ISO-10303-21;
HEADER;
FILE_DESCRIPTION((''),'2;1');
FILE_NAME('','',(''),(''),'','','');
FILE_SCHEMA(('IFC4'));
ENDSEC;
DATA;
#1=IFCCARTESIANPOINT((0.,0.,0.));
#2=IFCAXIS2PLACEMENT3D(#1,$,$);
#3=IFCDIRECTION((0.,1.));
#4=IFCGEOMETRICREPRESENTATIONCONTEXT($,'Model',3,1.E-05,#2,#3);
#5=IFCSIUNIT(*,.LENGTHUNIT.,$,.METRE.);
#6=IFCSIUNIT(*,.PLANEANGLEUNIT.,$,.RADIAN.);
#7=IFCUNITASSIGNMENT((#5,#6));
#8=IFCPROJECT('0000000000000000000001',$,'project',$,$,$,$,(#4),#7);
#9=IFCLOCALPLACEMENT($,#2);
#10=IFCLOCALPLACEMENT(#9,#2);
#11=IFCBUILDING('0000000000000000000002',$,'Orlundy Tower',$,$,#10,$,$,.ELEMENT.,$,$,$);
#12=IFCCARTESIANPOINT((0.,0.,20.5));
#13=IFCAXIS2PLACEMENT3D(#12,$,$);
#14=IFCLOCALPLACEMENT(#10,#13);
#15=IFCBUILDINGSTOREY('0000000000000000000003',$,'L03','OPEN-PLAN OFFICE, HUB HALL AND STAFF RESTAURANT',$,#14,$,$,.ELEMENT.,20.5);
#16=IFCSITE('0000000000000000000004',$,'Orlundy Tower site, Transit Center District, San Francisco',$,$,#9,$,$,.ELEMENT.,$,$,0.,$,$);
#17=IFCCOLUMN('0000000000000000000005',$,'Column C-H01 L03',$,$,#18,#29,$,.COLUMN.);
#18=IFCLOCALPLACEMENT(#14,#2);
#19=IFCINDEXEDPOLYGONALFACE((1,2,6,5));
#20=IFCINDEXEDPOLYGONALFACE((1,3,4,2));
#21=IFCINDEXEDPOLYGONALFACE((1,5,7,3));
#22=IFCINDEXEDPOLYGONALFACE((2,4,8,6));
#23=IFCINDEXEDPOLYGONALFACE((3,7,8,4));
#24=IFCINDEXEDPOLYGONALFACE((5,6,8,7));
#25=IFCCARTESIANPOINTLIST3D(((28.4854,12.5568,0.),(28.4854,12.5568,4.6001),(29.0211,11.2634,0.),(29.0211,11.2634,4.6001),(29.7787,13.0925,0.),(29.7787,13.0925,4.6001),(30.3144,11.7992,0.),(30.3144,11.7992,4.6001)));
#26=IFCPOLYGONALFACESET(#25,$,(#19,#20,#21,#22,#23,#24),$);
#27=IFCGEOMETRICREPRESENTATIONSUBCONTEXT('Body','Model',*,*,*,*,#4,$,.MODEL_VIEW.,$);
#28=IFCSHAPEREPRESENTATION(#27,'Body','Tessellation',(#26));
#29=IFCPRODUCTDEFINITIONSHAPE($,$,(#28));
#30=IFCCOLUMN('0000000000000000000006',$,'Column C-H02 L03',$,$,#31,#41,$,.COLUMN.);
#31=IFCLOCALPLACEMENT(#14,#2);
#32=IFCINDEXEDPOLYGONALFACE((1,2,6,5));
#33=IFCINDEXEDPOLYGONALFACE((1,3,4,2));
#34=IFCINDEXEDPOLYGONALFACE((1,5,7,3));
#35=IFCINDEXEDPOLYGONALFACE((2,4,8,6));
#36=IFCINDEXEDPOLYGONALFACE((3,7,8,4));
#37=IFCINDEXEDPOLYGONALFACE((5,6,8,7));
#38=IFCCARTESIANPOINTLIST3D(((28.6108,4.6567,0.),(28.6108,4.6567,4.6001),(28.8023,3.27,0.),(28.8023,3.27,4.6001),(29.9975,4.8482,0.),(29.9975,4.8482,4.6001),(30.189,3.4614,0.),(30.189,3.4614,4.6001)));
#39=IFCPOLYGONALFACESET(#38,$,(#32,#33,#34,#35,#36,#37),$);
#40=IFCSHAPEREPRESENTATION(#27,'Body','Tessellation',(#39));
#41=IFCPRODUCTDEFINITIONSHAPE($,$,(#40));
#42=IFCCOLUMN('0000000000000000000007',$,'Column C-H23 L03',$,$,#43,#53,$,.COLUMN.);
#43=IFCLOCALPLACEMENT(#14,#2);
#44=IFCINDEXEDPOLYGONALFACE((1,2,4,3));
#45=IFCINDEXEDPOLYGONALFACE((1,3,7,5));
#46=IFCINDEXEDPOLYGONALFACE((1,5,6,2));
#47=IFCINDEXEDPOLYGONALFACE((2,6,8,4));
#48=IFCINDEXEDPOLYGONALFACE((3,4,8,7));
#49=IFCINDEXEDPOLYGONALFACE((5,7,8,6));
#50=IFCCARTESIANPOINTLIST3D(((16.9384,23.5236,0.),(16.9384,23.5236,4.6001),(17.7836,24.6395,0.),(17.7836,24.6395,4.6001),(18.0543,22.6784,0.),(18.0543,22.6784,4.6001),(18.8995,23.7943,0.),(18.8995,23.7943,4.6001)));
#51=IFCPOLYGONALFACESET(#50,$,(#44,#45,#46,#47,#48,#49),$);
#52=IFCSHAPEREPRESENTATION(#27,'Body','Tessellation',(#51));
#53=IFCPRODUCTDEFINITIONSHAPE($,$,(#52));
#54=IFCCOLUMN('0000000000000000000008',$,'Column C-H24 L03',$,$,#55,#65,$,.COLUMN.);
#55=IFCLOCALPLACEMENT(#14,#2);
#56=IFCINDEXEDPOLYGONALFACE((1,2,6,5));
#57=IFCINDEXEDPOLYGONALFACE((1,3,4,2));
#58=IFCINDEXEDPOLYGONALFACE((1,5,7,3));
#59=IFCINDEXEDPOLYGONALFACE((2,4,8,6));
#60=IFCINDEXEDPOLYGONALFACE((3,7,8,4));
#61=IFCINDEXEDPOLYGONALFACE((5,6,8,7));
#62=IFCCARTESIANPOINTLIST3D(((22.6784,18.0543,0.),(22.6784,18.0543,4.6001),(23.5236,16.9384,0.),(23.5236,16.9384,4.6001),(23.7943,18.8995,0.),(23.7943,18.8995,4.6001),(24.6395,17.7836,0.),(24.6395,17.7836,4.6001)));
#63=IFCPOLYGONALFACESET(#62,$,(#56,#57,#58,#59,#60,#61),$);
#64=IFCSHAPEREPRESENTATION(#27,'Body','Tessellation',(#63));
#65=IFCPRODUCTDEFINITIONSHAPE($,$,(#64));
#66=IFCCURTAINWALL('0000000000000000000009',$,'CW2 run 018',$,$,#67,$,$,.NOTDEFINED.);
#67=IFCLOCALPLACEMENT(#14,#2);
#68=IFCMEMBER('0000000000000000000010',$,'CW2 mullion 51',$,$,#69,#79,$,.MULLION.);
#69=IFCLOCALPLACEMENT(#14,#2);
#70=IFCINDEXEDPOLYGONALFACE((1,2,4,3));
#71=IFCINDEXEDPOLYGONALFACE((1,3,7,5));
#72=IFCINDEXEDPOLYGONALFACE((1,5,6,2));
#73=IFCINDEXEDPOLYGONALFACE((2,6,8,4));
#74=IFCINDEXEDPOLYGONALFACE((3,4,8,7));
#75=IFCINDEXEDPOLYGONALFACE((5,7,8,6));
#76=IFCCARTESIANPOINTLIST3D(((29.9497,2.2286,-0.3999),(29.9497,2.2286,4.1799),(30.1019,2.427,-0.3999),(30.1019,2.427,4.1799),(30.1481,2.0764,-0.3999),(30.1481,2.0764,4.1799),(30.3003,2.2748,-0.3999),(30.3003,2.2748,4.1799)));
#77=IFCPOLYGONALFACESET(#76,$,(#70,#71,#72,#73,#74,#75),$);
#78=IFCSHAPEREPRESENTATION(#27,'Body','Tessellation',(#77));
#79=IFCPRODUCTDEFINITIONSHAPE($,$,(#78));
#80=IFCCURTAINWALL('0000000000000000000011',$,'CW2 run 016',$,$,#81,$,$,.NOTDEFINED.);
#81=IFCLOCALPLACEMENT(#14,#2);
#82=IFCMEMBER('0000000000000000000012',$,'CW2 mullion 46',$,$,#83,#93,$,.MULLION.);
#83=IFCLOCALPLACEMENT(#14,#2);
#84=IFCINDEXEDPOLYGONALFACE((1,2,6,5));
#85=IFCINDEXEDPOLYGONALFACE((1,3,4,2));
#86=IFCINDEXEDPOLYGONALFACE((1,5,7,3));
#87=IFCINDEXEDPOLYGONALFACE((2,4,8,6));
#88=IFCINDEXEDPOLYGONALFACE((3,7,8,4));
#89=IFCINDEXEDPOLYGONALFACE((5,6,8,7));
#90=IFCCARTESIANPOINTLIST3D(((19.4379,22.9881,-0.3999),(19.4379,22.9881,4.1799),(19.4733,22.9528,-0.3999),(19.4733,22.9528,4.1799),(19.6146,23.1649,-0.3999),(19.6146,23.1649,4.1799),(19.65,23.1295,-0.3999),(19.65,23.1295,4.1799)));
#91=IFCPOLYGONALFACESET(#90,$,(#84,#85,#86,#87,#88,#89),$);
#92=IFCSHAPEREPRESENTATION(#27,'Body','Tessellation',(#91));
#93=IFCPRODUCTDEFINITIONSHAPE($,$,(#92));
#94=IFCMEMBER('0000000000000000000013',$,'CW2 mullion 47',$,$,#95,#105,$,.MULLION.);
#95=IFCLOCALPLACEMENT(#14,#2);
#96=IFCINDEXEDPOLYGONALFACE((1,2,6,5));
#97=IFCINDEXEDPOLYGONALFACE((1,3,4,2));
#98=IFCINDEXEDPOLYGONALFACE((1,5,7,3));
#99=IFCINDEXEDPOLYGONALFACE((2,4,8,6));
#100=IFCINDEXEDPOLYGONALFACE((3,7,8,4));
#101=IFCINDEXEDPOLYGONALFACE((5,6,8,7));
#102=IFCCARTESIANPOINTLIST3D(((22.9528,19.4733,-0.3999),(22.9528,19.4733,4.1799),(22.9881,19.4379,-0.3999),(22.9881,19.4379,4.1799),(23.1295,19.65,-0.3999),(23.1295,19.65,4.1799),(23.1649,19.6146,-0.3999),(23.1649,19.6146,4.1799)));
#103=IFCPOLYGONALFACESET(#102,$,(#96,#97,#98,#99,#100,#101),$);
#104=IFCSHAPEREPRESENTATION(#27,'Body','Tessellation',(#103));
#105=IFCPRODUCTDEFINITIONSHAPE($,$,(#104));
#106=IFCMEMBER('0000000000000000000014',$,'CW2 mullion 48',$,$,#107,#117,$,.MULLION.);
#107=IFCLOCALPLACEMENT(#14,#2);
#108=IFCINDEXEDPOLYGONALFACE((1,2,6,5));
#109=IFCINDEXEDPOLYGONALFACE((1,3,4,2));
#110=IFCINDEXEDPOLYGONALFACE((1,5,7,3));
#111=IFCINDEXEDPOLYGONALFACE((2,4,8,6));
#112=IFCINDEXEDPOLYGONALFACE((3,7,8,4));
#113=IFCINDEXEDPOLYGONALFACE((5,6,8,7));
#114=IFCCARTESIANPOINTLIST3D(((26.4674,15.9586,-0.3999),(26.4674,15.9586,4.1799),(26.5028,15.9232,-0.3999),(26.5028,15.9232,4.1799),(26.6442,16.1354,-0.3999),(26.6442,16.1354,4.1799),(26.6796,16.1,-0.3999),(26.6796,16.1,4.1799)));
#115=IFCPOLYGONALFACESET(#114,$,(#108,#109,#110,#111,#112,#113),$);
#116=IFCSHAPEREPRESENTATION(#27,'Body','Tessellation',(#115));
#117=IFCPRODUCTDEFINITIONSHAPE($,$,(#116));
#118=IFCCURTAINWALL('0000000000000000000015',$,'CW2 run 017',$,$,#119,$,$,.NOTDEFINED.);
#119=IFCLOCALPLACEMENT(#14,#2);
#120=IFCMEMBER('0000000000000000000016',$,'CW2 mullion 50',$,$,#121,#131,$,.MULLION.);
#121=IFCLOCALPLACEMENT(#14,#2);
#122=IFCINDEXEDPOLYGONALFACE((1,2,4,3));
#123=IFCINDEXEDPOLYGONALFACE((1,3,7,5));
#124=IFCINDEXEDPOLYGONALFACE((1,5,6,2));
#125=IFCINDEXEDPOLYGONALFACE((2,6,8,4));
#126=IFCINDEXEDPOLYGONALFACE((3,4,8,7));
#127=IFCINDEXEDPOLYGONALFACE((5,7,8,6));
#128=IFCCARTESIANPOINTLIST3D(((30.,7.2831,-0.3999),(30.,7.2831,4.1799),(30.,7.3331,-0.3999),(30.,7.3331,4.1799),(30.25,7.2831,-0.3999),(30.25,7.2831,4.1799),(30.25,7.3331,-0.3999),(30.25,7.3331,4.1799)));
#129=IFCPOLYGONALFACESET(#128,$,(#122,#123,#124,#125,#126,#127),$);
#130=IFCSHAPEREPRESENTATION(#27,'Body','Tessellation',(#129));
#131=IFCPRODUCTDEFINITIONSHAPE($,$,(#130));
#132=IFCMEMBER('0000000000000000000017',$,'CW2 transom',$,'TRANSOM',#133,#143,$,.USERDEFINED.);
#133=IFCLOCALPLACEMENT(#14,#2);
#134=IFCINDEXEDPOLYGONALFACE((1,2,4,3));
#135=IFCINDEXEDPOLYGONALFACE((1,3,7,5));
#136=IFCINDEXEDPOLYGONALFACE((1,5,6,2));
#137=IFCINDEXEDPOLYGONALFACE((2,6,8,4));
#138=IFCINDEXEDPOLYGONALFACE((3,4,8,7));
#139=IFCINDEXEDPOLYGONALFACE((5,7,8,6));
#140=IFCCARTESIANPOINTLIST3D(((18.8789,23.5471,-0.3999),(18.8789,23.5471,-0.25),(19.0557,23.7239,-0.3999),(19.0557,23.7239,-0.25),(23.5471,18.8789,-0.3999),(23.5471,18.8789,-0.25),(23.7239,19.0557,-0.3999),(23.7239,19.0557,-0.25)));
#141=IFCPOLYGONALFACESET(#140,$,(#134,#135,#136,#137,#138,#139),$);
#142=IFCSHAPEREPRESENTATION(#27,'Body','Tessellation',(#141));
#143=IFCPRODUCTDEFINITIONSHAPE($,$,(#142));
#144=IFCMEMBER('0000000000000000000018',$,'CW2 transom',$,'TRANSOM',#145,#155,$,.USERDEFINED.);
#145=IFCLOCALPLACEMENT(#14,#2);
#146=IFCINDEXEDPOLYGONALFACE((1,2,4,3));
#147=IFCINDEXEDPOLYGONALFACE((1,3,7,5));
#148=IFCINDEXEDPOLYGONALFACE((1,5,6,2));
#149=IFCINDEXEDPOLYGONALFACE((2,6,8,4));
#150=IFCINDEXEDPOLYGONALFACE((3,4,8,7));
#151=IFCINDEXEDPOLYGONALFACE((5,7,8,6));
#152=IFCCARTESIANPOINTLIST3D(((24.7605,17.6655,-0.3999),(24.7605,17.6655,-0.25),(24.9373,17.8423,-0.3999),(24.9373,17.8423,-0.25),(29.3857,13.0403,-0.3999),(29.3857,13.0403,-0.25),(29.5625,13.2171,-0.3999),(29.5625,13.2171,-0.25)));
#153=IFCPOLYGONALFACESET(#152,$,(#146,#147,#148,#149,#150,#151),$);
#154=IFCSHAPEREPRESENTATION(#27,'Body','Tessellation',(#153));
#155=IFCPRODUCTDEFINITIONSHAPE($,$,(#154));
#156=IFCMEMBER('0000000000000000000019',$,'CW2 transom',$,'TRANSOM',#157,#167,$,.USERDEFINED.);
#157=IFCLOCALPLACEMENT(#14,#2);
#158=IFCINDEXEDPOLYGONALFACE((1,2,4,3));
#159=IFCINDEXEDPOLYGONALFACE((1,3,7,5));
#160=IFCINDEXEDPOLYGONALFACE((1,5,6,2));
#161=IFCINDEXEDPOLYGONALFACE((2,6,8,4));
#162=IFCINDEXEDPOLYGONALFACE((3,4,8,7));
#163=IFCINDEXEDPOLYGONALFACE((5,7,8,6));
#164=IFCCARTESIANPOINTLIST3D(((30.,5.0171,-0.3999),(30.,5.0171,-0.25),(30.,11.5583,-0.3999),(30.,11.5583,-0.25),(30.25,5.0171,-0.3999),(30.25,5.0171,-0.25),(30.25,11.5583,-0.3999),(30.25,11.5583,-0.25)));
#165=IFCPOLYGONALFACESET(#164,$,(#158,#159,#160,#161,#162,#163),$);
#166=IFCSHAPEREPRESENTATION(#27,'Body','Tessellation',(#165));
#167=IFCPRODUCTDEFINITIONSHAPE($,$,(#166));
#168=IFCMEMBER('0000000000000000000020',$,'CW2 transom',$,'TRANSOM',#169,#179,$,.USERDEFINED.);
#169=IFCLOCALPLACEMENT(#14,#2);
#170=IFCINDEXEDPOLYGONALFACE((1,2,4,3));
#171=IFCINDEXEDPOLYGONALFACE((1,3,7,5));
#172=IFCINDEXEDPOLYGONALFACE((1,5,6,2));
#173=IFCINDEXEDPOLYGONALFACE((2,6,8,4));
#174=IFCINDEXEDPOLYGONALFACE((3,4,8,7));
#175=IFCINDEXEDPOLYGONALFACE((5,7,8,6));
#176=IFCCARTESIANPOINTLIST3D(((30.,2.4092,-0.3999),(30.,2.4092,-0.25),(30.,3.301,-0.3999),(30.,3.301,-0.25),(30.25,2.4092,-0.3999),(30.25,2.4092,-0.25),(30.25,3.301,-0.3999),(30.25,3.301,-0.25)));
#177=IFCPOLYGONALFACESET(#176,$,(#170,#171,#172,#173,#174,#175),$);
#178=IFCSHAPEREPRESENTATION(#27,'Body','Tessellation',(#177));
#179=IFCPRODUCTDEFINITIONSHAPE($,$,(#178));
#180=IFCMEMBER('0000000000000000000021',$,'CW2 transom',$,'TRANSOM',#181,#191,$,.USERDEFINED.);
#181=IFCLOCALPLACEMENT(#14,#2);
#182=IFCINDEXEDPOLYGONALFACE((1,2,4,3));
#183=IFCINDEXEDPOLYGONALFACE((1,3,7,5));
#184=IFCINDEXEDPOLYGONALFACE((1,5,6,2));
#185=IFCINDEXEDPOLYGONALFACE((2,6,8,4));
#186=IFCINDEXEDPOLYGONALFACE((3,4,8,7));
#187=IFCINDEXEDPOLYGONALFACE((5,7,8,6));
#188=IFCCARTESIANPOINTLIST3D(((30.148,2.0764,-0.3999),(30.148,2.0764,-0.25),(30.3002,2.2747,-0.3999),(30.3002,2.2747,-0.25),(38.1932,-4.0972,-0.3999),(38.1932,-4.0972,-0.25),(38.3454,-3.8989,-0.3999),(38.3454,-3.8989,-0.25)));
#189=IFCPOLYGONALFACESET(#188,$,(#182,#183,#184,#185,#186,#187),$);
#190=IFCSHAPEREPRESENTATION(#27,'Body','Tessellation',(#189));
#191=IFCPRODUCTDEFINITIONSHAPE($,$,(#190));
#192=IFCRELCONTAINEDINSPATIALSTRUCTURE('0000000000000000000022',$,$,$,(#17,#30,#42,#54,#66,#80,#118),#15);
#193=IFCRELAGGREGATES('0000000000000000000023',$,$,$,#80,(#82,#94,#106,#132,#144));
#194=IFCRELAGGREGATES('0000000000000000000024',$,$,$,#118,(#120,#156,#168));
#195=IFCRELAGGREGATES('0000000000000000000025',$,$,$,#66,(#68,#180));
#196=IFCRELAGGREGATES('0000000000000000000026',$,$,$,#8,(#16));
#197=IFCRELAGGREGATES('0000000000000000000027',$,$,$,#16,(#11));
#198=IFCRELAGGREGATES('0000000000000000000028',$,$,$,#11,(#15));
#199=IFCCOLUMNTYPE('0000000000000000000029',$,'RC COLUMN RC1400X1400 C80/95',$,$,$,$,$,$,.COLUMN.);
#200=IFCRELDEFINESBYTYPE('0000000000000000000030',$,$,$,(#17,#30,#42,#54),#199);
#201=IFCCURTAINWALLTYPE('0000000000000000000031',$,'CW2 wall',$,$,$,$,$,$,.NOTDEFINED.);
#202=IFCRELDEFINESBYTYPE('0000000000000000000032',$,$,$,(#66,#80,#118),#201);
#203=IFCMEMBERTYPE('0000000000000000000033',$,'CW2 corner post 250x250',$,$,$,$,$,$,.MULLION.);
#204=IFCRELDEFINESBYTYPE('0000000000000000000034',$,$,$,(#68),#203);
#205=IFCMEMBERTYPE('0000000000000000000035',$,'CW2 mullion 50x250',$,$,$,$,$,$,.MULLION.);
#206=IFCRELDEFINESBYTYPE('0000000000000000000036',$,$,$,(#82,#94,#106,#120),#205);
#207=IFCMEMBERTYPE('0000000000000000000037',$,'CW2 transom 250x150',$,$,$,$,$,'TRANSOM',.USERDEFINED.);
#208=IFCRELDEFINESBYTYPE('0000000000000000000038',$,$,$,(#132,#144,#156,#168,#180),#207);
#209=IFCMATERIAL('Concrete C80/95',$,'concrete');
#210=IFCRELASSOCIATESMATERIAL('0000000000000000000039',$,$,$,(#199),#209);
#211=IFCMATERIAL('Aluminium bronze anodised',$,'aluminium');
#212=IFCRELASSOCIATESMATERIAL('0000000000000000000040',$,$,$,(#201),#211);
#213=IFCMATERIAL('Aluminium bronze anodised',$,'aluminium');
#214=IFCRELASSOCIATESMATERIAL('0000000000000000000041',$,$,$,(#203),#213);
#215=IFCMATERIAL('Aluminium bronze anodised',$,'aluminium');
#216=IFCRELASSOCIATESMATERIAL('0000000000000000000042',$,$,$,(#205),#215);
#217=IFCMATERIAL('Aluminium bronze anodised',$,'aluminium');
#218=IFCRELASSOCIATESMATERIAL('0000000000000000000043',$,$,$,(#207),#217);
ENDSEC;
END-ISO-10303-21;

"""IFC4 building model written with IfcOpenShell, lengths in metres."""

from ifc_helpers import new_model, si_unit, direction, frame, origin, origin_2d, place, context, subcontext, project, spatial, rectangle, extrude, material, material_profile, profile_set, type_object, element, aggregate, save


model = new_model("IFC4")

# Units and contexts
model_context = context("Model", 3, precision=1e-05, world=origin(), true_north=direction((0.0, 1.0)))
body_context = subcontext(model_context, "Body", "Model", "MODEL_VIEW")
ifc_project = project(units=[si_unit("LENGTHUNIT", "METRE"), si_unit("PLANEANGLEUNIT", "RADIAN")], contexts=[model_context])

# Site, building, storey
site_placement = place(None, origin())
site = spatial("IfcSite", under=ifc_project, at=site_placement, Name="Orlundy Tower site, Transit Center District, San Francisco", CompositionType="ELEMENT", RefElevation=0.0)
building_placement = place(site_placement, origin())
building = spatial("IfcBuilding", under=site, at=building_placement, Name="Orlundy Tower", CompositionType="ELEMENT")
storey_placement = place(building_placement, frame((0.0, 0.0, 20.5)))
storey = spatial("IfcBuildingStorey", under=building, at=storey_placement, Name="L03", Description="OPEN-PLAN OFFICE, HUB HALL AND STAFF RESTAURANT", CompositionType="ELEMENT", Elevation=20.5)

# Columns
ifc_material_1 = material(Name="Concrete C80/95", Category="concrete")
ifc_material_profile_1 = material_profile(ifc_material_1, rectangle(XDim=1.3999, YDim=1.3999, at=origin_2d()), Name="RC1400X1400")
ifc_profile_set_1 = profile_set([ifc_material_profile_1], Name="Concrete C80/95")
column_type = type_object("IfcColumnType", Name="RC COLUMN RC1400X1400 C80/95", PredefinedType="COLUMN", material=ifc_profile_set_1)
for number, where, z_axis, x_axis, name in (
    (1, (29.3999, 12.178, 0.0), (0.0, 0.0, 1.0), (0.92388, 0.382683, 0.0), "Column C-H01 L03"),
    (2, (29.3999, 4.0591, 0.0), (0.0, 0.0, 1.0), (0.990603, 0.13677, 0.0), "Column C-H02 L03"),
    (3, (17.9189, 23.6589, 0.0), (0.0, 0.0, 1.0), (0.603765, 0.797163, 0.0), "Column C-H23 L03"),
    (4, (23.6589, 17.9189, 0.0), (0.0, 0.0, 1.0), (0.797163, 0.603765, 0.0), "Column C-H24 L03"),
):
    element("IfcColumn", number, at=place(storey_placement, frame(where, z_axis=z_axis, x_axis=x_axis)), inside=storey, type_object=column_type, Name=name, PredefinedType="COLUMN", context=body_context, shape_type="SweptSolid", body=[
        extrude(rectangle(XDim=1.3999, YDim=1.3999, at=origin_2d()), origin(), (0.0, 0.0, 1.0), 4.6001),
    ])

# Curtain wall, member
ifc_material_2 = material(Name="Aluminium bronze anodised", Category="aluminium")
curtain_wall_type = type_object("IfcCurtainWallType", Name="CW2 wall", PredefinedType="NOTDEFINED", material=ifc_material_2)
curtain_wall_1_placement = place(storey_placement, origin())
curtain_wall_1 = element("IfcCurtainWall", 5, at=curtain_wall_1_placement, inside=storey, type_object=curtain_wall_type, Name="CW2 run 018", PredefinedType="NOTDEFINED")
ifc_material_3 = material(Name="Aluminium bronze anodised", Category="aluminium")
ifc_material_profile_2 = material_profile(ifc_material_3, rectangle(XDim=0.25, YDim=0.25, at=origin_2d()), Name="CW2 corner post 250x250")
ifc_profile_set_2 = profile_set([ifc_material_profile_2], Name="Aluminium bronze anodised")
member_type_1 = type_object("IfcMemberType", Name="CW2 corner post 250x250", PredefinedType="MULLION", material=ifc_profile_set_2)
member_1_placement = place(storey_placement, frame((30.125, 2.2517, -0.3999), z_axis=(0.0, 0.0, 1.0), x_axis=(0.608779, 0.79334, 0.0)))
member_1 = element("IfcMember", 6, at=member_1_placement, type_object=member_type_1, Name="CW2 mullion 51", PredefinedType="MULLION", context=body_context, shape_type="SweptSolid", body=[
    extrude(rectangle(XDim=0.25, YDim=0.25, at=origin_2d()), origin(), (0.0, 0.0, 1.0), 4.5798),
])

# Curtain wall, members
curtain_wall_2_placement = place(storey_placement, origin())
curtain_wall_2 = element("IfcCurtainWall", 7, at=curtain_wall_2_placement, inside=storey, type_object=curtain_wall_type, Name="CW2 run 016", PredefinedType="NOTDEFINED")
ifc_material_4 = material(Name="Aluminium bronze anodised", Category="aluminium")
ifc_material_profile_3 = material_profile(ifc_material_4, rectangle(XDim=0.25, YDim=0.05, at=origin_2d()), Name="CW2 mullion 50x250")
ifc_profile_set_3 = profile_set([ifc_material_profile_3], Name="Aluminium bronze anodised")
member_type_2 = type_object("IfcMemberType", Name="CW2 mullion 50x250", PredefinedType="MULLION", material=ifc_profile_set_3)
member_2_placement = place(storey_placement, frame((19.5439, 23.0588, -0.3999), z_axis=(0.0, 0.0, 1.0), x_axis=(0.707107, 0.707107, 0.0)))
member_2 = element("IfcMember", 8, at=member_2_placement, type_object=member_type_2, Name="CW2 mullion 46", PredefinedType="MULLION", context=body_context, shape_type="SweptSolid", body=[
    extrude(rectangle(XDim=0.25, YDim=0.05, at=origin_2d()), origin(), (0.0, 0.0, 1.0), 4.5798),
])
member_3_placement = place(storey_placement, frame((23.0588, 19.5439, -0.3999), z_axis=(0.0, 0.0, 1.0), x_axis=(0.707107, 0.707107, 0.0)))
member_3 = element("IfcMember", 9, at=member_3_placement, type_object=member_type_2, Name="CW2 mullion 47", PredefinedType="MULLION", context=body_context, shape_type="SweptSolid", body=[
    extrude(rectangle(XDim=0.25, YDim=0.05, at=origin_2d()), origin(), (0.0, 0.0, 1.0), 4.5798),
])
member_4_placement = place(storey_placement, frame((26.5735, 16.0293, -0.3999), z_axis=(0.0, 0.0, 1.0), x_axis=(0.707107, 0.707107, 0.0)))
member_4 = element("IfcMember", 10, at=member_4_placement, type_object=member_type_2, Name="CW2 mullion 48", PredefinedType="MULLION", context=body_context, shape_type="SweptSolid", body=[
    extrude(rectangle(XDim=0.25, YDim=0.05, at=origin_2d()), origin(), (0.0, 0.0, 1.0), 4.5798),
])

# Curtain wall, member
curtain_wall_3_placement = place(storey_placement, origin())
curtain_wall_3 = element("IfcCurtainWall", 11, at=curtain_wall_3_placement, inside=storey, type_object=curtain_wall_type, Name="CW2 run 017", PredefinedType="NOTDEFINED")
member_5_placement = place(storey_placement, frame((30.125, 7.3081, -0.3999), z_axis=(0.0, 0.0, 1.0), x_axis=(1.0, 0.0, 0.0)))
member_5 = element("IfcMember", 12, at=member_5_placement, type_object=member_type_2, Name="CW2 mullion 50", PredefinedType="MULLION", context=body_context, shape_type="SweptSolid", body=[
    extrude(rectangle(XDim=0.25, YDim=0.05, at=origin_2d()), origin(), (0.0, 0.0, 1.0), 4.5798),
])

# Members
ifc_material_5 = material(Name="Aluminium bronze anodised", Category="aluminium")
ifc_material_profile_4 = material_profile(ifc_material_5, rectangle(XDim=0.25, YDim=0.1499, at=origin_2d()), Name="CW2 transom 250x150")
ifc_profile_set_4 = profile_set([ifc_material_profile_4], Name="Aluminium bronze anodised")
member_type_3 = type_object("IfcMemberType", Name="CW2 transom 250x150", ElementType="TRANSOM", PredefinedType="USERDEFINED", material=ifc_profile_set_4)
member_6_placement = place(storey_placement, frame((18.9673, 23.6355, -0.325), z_axis=(0.707107, -0.707107, 0.0), x_axis=(0.707107, 0.707107, 0.0)))
member_6 = element("IfcMember", 13, at=member_6_placement, type_object=member_type_3, Name="CW2 transom", ObjectType="TRANSOM", PredefinedType="USERDEFINED", context=body_context, shape_type="SweptSolid", body=[
    extrude(rectangle(XDim=0.25, YDim=0.1499, at=origin_2d()), origin(), (0.0, 0.0, 1.0), 6.6018),
])
member_7_placement = place(storey_placement, frame((24.8489, 17.7539, -0.325), z_axis=(0.707107, -0.707107, 0.0), x_axis=(0.707107, 0.707107, 0.0)))
member_7 = element("IfcMember", 14, at=member_7_placement, type_object=member_type_3, Name="CW2 transom", ObjectType="TRANSOM", PredefinedType="USERDEFINED", context=body_context, shape_type="SweptSolid", body=[
    extrude(rectangle(XDim=0.25, YDim=0.1499, at=origin_2d()), origin(), (0.0, 0.0, 1.0), 6.541),
])
member_8_placement = place(storey_placement, frame((30.125, 11.5583, -0.325), z_axis=(0.0, -1.0, 0.0), x_axis=(1.0, 0.0, 0.0)))
member_8 = element("IfcMember", 15, at=member_8_placement, type_object=member_type_3, Name="CW2 transom", ObjectType="TRANSOM", PredefinedType="USERDEFINED", context=body_context, shape_type="SweptSolid", body=[
    extrude(rectangle(XDim=0.25, YDim=0.1499, at=origin_2d()), origin(), (0.0, 0.0, 1.0), 6.5413),
])
member_9_placement = place(storey_placement, frame((30.125, 3.301, -0.325), z_axis=(0.0, -1.0, 0.0), x_axis=(1.0, 0.0, 0.0)))
member_9 = element("IfcMember", 16, at=member_9_placement, type_object=member_type_3, Name="CW2 transom", ObjectType="TRANSOM", PredefinedType="USERDEFINED", context=body_context, shape_type="SweptSolid", body=[
    extrude(rectangle(XDim=0.25, YDim=0.1499, at=origin_2d()), origin(), (0.0, 0.0, 1.0), 0.8918),
])
member_10_placement = place(storey_placement, frame((30.2241, 2.1755, -0.325), z_axis=(0.793339, -0.608781, 0.0), x_axis=(0.608781, 0.793339, 0.0)))
member_10 = element("IfcMember", 17, at=member_10_placement, type_object=member_type_3, Name="CW2 transom", ObjectType="TRANSOM", PredefinedType="USERDEFINED", context=body_context, shape_type="SweptSolid", body=[
    extrude(rectangle(XDim=0.25, YDim=0.1499, at=origin_2d()), origin(), (0.0, 0.0, 1.0), 10.1409),
])

aggregate(curtain_wall_2, [member_2, member_3, member_4, member_6, member_7])
aggregate(curtain_wall_3, [member_5, member_8, member_9])
aggregate(curtain_wall_1, [member_1, member_10])

save(model, "model.ifc")
